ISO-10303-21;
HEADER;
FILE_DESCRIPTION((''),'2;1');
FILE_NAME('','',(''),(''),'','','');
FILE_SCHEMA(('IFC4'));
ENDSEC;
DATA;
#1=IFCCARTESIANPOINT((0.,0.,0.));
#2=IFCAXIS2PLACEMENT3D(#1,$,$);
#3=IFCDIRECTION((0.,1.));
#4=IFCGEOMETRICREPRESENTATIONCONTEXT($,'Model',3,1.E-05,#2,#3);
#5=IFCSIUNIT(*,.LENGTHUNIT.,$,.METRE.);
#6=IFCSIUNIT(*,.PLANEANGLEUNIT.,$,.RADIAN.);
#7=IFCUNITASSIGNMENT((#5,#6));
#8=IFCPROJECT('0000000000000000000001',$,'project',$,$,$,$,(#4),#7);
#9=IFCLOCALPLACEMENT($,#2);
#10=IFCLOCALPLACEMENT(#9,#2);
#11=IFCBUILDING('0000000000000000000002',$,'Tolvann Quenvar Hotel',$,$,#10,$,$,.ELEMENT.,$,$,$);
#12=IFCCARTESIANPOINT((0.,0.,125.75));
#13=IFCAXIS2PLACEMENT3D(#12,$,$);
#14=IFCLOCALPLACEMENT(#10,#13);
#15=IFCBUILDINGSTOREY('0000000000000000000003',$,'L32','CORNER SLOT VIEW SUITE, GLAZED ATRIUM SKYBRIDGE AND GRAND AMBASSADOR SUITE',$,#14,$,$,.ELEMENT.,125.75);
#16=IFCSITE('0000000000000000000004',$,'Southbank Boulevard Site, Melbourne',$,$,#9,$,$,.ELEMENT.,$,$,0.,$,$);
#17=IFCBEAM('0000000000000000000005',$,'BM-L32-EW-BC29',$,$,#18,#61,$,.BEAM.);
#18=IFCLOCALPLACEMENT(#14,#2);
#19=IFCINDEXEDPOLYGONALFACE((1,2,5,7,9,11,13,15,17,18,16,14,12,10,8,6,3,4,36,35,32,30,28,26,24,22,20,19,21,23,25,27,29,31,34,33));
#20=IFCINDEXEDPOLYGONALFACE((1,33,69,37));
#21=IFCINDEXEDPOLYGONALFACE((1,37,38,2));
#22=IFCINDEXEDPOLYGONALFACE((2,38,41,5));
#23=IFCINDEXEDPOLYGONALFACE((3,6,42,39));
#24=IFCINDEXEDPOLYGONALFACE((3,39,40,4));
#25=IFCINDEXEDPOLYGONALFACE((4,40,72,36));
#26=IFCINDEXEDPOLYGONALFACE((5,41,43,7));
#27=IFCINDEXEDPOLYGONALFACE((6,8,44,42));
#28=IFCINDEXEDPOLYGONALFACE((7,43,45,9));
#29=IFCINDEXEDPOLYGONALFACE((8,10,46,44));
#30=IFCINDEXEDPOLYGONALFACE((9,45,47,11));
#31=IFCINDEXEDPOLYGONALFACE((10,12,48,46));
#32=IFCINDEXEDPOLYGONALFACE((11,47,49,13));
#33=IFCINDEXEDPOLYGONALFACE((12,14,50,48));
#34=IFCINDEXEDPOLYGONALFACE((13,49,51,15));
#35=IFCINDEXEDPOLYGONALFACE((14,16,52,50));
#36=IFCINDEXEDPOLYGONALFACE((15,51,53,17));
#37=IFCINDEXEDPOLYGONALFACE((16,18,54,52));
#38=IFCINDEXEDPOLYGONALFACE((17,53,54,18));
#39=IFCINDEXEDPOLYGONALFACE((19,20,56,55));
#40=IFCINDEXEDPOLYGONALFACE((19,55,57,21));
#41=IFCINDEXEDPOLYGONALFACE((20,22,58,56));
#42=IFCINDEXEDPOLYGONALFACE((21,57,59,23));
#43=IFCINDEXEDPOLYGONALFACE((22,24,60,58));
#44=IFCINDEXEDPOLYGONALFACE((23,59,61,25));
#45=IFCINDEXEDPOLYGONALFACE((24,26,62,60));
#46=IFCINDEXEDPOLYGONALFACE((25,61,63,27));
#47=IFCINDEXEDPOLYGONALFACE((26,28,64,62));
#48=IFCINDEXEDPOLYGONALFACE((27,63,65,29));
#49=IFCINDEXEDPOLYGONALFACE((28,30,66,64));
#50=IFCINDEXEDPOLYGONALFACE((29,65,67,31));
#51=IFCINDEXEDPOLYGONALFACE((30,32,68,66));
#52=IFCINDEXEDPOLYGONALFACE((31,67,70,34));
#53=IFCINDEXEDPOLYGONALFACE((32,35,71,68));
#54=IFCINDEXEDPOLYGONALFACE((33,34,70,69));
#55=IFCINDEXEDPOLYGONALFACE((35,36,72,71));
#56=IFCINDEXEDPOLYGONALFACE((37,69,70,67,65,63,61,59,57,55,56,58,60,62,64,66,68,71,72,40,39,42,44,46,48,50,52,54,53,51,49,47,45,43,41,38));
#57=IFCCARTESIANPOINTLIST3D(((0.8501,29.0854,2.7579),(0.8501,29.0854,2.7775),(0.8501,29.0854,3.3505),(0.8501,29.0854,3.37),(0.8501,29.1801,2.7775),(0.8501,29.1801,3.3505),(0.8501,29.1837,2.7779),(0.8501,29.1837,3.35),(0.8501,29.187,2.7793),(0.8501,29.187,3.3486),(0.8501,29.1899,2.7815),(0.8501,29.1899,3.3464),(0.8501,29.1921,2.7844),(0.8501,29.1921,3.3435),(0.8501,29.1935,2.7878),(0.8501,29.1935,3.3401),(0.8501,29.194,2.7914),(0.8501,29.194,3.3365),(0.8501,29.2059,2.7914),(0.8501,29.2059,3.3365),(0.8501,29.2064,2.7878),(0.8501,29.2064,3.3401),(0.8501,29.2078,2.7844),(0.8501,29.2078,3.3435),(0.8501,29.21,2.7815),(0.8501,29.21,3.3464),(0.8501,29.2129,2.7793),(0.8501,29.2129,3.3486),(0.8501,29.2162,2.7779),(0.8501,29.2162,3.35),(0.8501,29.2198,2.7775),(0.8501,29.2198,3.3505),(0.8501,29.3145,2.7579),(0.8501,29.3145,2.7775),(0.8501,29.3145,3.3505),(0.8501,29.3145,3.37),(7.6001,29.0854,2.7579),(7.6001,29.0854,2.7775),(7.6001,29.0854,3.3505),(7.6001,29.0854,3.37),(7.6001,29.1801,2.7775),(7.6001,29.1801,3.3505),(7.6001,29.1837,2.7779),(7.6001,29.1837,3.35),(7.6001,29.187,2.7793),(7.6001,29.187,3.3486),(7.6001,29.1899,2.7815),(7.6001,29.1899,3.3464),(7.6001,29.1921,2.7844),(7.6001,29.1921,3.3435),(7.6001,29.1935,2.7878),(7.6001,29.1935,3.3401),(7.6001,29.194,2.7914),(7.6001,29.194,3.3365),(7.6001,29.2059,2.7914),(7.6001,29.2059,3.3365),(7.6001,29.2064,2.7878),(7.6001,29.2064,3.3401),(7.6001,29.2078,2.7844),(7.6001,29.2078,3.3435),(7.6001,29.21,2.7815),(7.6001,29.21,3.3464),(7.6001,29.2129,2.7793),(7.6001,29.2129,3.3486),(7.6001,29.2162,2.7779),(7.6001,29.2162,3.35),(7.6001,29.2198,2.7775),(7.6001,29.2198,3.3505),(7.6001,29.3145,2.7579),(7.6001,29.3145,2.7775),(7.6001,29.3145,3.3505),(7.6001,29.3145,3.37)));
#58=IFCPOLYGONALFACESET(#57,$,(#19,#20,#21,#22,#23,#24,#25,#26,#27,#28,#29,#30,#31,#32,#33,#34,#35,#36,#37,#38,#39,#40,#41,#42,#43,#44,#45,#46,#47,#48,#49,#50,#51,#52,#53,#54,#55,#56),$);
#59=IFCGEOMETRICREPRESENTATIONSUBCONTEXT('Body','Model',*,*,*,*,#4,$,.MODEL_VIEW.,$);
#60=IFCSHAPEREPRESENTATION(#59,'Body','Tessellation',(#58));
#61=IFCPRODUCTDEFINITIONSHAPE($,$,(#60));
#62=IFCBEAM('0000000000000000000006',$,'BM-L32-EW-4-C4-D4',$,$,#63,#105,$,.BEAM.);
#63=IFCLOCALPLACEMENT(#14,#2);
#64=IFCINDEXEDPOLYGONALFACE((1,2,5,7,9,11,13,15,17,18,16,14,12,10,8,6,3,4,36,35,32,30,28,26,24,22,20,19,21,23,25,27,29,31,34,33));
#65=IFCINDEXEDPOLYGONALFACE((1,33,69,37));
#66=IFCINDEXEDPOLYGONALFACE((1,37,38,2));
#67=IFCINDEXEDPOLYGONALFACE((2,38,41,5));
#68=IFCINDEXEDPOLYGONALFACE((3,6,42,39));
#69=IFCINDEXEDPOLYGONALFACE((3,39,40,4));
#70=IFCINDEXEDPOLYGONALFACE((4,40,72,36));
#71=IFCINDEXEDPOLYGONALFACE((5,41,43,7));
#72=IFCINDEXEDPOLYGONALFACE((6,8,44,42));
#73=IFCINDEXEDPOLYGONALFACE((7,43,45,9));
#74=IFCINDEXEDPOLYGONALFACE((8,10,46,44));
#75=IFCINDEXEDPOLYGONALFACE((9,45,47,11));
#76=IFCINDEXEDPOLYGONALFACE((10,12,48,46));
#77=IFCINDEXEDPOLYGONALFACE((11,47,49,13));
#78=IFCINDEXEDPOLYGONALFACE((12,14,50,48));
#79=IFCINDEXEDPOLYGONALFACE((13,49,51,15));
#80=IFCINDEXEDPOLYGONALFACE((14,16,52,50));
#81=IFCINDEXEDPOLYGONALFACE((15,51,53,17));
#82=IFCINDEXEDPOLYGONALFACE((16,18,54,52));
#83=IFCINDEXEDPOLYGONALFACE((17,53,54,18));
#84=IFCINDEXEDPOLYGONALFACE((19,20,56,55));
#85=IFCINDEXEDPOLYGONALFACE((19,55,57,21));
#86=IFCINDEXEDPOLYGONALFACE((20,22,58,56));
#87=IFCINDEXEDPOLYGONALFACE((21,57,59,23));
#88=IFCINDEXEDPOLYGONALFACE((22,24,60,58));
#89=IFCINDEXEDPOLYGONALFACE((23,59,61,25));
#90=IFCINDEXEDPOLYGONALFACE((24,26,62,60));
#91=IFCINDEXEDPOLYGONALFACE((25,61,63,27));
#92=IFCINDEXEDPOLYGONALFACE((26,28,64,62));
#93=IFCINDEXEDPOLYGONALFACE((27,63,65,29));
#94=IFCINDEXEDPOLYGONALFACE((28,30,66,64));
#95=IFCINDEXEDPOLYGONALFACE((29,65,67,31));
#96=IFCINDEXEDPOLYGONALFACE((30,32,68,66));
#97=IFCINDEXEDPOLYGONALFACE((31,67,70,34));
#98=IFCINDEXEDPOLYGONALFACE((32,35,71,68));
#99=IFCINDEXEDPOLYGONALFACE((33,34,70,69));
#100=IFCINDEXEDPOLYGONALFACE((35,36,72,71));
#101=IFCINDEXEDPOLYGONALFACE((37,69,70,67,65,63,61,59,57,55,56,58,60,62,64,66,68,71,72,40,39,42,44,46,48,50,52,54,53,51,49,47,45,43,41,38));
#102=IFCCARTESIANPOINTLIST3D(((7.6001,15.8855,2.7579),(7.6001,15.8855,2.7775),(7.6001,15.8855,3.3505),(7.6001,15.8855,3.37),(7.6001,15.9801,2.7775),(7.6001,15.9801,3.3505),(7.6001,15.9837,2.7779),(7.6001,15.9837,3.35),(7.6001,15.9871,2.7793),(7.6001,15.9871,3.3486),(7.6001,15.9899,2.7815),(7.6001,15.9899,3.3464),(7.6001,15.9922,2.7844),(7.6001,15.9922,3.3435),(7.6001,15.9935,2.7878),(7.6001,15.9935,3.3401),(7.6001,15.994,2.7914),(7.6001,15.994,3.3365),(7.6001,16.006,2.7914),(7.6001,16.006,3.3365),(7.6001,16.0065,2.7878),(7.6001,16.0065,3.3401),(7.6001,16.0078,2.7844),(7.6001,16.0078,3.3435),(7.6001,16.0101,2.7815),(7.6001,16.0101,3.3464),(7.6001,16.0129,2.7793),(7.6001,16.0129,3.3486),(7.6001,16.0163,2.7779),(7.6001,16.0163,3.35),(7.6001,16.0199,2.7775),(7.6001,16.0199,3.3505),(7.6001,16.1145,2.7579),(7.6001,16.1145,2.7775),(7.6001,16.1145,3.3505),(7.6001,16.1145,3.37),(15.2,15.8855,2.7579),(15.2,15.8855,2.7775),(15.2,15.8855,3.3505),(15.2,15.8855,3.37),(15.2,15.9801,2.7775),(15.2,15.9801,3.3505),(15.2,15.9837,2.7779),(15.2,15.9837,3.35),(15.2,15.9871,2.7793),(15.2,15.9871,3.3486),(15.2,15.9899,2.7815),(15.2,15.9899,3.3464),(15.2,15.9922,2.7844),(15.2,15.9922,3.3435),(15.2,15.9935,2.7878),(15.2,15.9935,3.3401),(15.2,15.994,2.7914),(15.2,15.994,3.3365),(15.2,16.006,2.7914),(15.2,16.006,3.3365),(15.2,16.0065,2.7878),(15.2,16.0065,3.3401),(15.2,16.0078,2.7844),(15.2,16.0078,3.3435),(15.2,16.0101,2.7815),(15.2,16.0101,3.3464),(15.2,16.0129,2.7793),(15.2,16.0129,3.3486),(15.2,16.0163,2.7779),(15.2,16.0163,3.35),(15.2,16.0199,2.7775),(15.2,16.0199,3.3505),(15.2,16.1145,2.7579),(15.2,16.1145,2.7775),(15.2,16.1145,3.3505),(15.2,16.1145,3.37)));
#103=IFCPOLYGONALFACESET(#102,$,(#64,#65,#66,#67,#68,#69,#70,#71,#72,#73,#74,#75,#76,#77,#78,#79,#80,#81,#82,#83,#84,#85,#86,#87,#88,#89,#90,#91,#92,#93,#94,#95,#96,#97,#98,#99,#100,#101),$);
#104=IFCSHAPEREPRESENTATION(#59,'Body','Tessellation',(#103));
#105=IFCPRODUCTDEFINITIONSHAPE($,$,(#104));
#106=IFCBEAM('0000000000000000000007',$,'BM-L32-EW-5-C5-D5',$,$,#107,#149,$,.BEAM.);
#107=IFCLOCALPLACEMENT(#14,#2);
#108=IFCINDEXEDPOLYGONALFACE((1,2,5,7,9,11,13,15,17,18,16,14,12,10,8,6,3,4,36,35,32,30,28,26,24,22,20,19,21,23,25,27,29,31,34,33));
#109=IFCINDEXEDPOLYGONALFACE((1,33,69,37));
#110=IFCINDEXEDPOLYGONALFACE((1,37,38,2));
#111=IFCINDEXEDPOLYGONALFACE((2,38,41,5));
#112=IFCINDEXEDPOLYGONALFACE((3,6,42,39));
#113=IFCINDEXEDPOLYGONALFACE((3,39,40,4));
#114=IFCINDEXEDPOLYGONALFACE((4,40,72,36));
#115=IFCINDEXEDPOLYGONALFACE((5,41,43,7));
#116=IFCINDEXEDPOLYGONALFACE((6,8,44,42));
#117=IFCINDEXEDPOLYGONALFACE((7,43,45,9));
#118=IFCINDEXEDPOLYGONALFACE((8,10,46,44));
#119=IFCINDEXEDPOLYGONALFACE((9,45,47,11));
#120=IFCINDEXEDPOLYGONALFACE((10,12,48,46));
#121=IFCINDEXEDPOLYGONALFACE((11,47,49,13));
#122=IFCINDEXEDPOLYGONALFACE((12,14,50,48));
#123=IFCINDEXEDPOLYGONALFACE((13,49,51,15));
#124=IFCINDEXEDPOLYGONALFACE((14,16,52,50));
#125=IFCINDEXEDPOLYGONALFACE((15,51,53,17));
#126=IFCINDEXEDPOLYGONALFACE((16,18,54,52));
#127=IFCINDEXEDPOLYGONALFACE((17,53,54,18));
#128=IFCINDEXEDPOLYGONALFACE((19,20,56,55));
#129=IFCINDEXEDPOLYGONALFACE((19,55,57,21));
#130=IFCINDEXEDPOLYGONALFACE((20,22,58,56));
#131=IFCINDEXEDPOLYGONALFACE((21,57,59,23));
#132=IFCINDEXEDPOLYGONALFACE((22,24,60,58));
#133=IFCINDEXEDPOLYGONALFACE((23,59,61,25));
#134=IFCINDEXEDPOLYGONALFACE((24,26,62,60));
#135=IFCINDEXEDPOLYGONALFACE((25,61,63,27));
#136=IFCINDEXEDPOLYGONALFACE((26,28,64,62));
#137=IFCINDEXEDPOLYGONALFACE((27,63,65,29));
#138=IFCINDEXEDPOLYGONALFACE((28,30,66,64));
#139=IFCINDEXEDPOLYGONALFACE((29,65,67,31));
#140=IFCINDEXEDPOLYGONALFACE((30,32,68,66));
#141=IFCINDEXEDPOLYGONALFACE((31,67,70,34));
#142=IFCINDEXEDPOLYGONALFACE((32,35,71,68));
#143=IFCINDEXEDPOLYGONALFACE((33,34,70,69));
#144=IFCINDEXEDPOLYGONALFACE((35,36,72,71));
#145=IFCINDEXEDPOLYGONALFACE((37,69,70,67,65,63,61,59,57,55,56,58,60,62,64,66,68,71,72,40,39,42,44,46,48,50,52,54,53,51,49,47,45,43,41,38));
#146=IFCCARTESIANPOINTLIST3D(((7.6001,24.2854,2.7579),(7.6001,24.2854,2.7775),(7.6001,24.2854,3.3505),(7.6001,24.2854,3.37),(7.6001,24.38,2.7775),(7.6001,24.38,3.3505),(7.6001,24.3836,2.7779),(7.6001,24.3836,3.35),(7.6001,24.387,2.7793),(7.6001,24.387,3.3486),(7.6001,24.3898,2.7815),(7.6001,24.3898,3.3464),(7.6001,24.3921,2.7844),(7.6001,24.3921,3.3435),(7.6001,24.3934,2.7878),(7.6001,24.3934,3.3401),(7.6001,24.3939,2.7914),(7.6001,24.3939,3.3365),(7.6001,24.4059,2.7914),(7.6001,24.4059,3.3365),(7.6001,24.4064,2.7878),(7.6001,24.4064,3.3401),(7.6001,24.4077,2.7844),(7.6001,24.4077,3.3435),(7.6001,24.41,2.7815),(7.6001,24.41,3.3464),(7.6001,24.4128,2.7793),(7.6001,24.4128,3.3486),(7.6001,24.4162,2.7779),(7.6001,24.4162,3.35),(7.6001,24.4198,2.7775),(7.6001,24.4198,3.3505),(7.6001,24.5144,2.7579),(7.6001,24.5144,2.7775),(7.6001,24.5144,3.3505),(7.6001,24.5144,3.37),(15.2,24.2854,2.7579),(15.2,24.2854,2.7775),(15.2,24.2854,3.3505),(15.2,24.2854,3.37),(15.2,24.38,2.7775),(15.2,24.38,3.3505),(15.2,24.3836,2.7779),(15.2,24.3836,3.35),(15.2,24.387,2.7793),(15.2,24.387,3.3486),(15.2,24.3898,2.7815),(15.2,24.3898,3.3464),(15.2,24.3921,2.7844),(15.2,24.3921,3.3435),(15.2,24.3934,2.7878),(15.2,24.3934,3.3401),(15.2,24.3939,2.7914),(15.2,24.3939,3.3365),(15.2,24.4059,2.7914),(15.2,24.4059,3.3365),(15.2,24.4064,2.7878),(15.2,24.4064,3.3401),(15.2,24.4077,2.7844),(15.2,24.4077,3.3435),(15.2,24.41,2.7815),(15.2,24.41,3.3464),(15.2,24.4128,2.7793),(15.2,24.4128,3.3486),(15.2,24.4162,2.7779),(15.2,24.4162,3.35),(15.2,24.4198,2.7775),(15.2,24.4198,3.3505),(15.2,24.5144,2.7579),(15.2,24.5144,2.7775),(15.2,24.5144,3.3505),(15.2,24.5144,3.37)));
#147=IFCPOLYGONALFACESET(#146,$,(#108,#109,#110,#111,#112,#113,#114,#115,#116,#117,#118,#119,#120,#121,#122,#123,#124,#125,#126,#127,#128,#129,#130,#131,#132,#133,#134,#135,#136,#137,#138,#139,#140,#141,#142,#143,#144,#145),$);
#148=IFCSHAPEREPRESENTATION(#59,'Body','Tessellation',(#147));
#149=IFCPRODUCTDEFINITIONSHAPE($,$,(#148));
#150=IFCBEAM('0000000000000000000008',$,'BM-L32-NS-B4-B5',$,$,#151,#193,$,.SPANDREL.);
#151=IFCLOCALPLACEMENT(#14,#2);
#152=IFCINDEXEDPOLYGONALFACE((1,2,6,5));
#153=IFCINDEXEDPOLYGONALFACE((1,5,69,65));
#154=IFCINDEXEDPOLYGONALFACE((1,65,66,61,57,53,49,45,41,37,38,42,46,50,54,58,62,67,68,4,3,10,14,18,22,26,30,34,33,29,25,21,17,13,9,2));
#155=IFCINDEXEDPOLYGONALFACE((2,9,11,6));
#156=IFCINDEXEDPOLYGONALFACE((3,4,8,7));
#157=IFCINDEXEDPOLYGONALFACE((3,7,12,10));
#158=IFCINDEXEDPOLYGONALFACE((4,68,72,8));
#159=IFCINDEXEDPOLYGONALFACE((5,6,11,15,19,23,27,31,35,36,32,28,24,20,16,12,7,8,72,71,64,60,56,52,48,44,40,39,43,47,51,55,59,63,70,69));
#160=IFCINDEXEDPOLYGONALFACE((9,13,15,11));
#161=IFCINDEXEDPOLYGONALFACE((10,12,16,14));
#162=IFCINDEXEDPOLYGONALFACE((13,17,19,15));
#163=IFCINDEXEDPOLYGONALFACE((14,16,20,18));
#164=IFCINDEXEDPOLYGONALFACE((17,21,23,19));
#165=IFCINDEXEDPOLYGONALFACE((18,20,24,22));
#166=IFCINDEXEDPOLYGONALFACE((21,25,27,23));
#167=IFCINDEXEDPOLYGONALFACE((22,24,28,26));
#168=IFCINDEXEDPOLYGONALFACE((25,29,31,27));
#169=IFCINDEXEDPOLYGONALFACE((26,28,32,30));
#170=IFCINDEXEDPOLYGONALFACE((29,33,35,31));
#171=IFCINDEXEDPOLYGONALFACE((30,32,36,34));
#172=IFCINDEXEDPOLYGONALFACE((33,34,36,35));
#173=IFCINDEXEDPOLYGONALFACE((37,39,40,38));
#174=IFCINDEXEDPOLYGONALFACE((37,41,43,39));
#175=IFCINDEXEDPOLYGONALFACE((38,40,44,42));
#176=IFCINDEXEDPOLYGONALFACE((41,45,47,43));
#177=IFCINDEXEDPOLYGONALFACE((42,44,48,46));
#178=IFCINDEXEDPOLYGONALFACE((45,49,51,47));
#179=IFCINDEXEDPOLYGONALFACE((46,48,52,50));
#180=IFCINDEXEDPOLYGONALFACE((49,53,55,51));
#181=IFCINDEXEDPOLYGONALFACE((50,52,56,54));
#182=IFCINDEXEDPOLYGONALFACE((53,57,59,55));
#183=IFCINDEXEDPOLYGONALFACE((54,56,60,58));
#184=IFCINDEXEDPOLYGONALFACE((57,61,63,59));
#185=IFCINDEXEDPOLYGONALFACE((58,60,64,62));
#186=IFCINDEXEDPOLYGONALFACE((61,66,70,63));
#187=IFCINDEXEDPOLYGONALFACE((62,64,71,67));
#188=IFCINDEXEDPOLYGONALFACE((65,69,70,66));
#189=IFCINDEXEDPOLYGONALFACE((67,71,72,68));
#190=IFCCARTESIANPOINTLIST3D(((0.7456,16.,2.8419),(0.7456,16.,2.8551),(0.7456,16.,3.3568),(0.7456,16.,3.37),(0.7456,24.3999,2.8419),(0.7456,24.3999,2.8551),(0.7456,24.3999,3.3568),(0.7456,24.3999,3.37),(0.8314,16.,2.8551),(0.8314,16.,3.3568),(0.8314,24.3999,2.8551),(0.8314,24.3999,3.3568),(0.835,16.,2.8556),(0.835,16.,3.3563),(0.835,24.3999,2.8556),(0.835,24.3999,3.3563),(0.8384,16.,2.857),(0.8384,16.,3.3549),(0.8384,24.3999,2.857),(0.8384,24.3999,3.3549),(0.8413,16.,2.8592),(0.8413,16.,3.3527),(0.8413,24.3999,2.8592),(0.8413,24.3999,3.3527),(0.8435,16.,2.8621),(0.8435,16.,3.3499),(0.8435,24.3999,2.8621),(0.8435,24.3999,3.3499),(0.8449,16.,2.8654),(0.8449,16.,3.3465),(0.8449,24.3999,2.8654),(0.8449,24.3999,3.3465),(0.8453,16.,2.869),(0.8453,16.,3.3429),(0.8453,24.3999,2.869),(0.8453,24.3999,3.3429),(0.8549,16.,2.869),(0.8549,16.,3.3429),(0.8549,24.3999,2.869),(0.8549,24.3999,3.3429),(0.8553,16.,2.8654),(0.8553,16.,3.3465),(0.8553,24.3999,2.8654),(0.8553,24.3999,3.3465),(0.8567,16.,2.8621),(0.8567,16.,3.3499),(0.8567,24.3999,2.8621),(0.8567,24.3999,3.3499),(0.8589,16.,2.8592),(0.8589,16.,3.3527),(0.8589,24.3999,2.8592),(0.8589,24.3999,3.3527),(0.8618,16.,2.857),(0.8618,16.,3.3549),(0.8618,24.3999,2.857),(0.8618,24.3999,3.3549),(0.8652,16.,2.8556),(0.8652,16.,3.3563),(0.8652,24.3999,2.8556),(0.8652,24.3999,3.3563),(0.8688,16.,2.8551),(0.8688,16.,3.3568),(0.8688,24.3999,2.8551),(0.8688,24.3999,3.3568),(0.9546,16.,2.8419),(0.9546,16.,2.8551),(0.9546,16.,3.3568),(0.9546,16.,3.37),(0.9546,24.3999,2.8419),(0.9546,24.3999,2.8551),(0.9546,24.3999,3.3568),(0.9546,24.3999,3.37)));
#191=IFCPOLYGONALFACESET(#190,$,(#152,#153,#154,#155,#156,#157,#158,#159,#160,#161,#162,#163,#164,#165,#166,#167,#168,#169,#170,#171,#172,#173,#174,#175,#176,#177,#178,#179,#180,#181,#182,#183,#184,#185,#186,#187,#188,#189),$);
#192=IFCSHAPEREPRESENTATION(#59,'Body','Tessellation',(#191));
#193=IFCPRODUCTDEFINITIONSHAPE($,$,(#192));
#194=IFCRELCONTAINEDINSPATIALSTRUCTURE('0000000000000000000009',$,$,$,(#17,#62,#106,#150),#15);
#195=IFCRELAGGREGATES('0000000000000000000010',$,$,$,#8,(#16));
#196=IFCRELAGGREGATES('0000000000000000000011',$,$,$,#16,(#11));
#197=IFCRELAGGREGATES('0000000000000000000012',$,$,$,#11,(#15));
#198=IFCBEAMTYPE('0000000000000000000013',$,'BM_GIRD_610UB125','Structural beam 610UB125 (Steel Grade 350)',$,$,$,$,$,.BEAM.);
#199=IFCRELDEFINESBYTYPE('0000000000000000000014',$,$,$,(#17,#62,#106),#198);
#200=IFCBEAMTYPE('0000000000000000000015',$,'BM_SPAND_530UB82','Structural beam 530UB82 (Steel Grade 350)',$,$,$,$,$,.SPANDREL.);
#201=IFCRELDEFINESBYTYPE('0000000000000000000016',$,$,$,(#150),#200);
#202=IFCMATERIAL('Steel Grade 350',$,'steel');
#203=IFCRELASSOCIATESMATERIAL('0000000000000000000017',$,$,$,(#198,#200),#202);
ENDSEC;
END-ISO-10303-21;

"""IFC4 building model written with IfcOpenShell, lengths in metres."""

from ifc_helpers import new_model, si_unit, direction, frame, origin, origin_2d, place, context, subcontext, project, spatial, i_section, extrude, source, transform, mapped, material, material_profile, profile_set, type_object, type_shapes, element, save


model = new_model("IFC4")

# Units and contexts
model_context = context("Model", 3, precision=1e-05, world=origin(), true_north=direction((0.0, 1.0)))
body_context = subcontext(model_context, "Body", "Model", "MODEL_VIEW")
ifc_project = project(units=[si_unit("LENGTHUNIT", "METRE"), si_unit("PLANEANGLEUNIT", "RADIAN")], contexts=[model_context])

# Site, building, storey
site_placement = place(None, origin())
site = spatial("IfcSite", under=ifc_project, at=site_placement, Name="Southbank Boulevard Site, Melbourne", CompositionType="ELEMENT", RefElevation=0.0)
building_placement = place(site_placement, origin())
building = spatial("IfcBuilding", under=site, at=building_placement, Name="Tolvann Quenvar Hotel", CompositionType="ELEMENT")
storey_placement = place(building_placement, frame((0.0, 0.0, 125.75)))
storey = spatial("IfcBuildingStorey", under=building, at=storey_placement, Name="L32", Description="CORNER SLOT VIEW SUITE, GLAZED ATRIUM SKYBRIDGE AND GRAND AMBASSADOR SUITE", CompositionType="ELEMENT", Elevation=125.75)

# Shared definitions
ifc_material_1 = material(Name="Steel Grade 350", Category="steel")

# Beams
ifc_material_profile_1 = material_profile(ifc_material_1, i_section(OverallWidth=0.229, OverallDepth=0.6121, WebThickness=0.012, FlangeThickness=0.0195, FilletRadius=0.0139, at=origin_2d()), Name="610UB125")
ifc_profile_set_1 = profile_set([ifc_material_profile_1], Name="Steel Grade 350")
beam_type_1 = type_object("IfcBeamType", Name="BM_GIRD_610UB125", Description="Structural beam 610UB125 (Steel Grade 350)", PredefinedType="BEAM", material=ifc_profile_set_1)
shared_shape_1 = source(origin(), body_context, "Body", "SweptSolid", [
    extrude(i_section(OverallWidth=0.229, OverallDepth=0.6121, WebThickness=0.012, FlangeThickness=0.0195, FilletRadius=0.0139, at=origin_2d()), origin(), (0.0, 0.0, 1.0), 6.75),
])
for number, where, z_axis, x_axis, name in (
    (1, (0.8501, 29.2, 3.064), (1.0, 0.0, 0.0), (0.0, 1.0, 0.0), "BM-L32-EW-BC29"),
):
    element("IfcBeam", number, at=place(storey_placement, frame(where, z_axis=z_axis, x_axis=x_axis)), inside=storey, type_object=beam_type_1, Name=name, PredefinedType="BEAM", context=body_context, shape_type="MappedRepresentation", body=[
        mapped(shared_shape_1, transform((0.0, 0.0, 0.0), x_axis=(1.0, 0.0, 0.0), y_axis=(0.0, 1.0, 0.0), z_axis=(0.0, 0.0, 1.0), scale=1.0)),
    ])
shared_shape_2 = source(origin(), body_context, "Body", "SweptSolid", [
    extrude(i_section(OverallWidth=0.229, OverallDepth=0.6121, WebThickness=0.012, FlangeThickness=0.0195, FilletRadius=0.0139, at=origin_2d()), origin(), (0.0, 0.0, 1.0), 7.5999),
])
type_shapes(beam_type_1, [shared_shape_1, shared_shape_2])
for number, where, z_axis, x_axis, name in (
    (2, (7.6001, 16.0, 3.064), (1.0, 0.0, 0.0), (0.0, 1.0, 0.0), "BM-L32-EW-4-C4-D4"),
    (3, (7.6001, 24.3999, 3.064), (1.0, 0.0, 0.0), (0.0, 1.0, 0.0), "BM-L32-EW-5-C5-D5"),
):
    element("IfcBeam", number, at=place(storey_placement, frame(where, z_axis=z_axis, x_axis=x_axis)), inside=storey, type_object=beam_type_1, Name=name, PredefinedType="BEAM", context=body_context, shape_type="MappedRepresentation", body=[
        mapped(shared_shape_2, transform((0.0, 0.0, 0.0), x_axis=(1.0, 0.0, 0.0), y_axis=(0.0, 1.0, 0.0), z_axis=(0.0, 0.0, 1.0), scale=1.0)),
    ])
ifc_material_profile_2 = material_profile(ifc_material_1, i_section(OverallWidth=0.209, OverallDepth=0.5281, WebThickness=0.0095, FlangeThickness=0.0132, FilletRadius=0.0139, at=origin_2d()), Name="530UB82")
ifc_profile_set_2 = profile_set([ifc_material_profile_2], Name="Steel Grade 350")
beam_type_2 = type_object("IfcBeamType", Name="BM_SPAND_530UB82", Description="Structural beam 530UB82 (Steel Grade 350)", PredefinedType="SPANDREL", material=ifc_profile_set_2)
shared_shape_3 = source(origin(), body_context, "Body", "SweptSolid", [
    extrude(i_section(OverallWidth=0.209, OverallDepth=0.5281, WebThickness=0.0095, FlangeThickness=0.0132, FilletRadius=0.0139, at=origin_2d()), origin(), (0.0, 0.0, 1.0), 8.3999),
])
beam_1_placement = place(storey_placement, frame((0.8501, 16.0, 3.106), z_axis=(0.0, 1.0, 0.0), x_axis=(-1.0, 0.0, 0.0)))
element("IfcBeam", 4, at=beam_1_placement, inside=storey, type_object=beam_type_2, Name="BM-L32-NS-B4-B5", PredefinedType="SPANDREL", context=body_context, shape_type="MappedRepresentation", body=[
    mapped(shared_shape_3, transform((0.0, 0.0, 0.0), x_axis=(1.0, 0.0, 0.0), y_axis=(0.0, 1.0, 0.0), z_axis=(0.0, 0.0, 1.0), scale=1.0)),
])

save(model, "model.ifc")
